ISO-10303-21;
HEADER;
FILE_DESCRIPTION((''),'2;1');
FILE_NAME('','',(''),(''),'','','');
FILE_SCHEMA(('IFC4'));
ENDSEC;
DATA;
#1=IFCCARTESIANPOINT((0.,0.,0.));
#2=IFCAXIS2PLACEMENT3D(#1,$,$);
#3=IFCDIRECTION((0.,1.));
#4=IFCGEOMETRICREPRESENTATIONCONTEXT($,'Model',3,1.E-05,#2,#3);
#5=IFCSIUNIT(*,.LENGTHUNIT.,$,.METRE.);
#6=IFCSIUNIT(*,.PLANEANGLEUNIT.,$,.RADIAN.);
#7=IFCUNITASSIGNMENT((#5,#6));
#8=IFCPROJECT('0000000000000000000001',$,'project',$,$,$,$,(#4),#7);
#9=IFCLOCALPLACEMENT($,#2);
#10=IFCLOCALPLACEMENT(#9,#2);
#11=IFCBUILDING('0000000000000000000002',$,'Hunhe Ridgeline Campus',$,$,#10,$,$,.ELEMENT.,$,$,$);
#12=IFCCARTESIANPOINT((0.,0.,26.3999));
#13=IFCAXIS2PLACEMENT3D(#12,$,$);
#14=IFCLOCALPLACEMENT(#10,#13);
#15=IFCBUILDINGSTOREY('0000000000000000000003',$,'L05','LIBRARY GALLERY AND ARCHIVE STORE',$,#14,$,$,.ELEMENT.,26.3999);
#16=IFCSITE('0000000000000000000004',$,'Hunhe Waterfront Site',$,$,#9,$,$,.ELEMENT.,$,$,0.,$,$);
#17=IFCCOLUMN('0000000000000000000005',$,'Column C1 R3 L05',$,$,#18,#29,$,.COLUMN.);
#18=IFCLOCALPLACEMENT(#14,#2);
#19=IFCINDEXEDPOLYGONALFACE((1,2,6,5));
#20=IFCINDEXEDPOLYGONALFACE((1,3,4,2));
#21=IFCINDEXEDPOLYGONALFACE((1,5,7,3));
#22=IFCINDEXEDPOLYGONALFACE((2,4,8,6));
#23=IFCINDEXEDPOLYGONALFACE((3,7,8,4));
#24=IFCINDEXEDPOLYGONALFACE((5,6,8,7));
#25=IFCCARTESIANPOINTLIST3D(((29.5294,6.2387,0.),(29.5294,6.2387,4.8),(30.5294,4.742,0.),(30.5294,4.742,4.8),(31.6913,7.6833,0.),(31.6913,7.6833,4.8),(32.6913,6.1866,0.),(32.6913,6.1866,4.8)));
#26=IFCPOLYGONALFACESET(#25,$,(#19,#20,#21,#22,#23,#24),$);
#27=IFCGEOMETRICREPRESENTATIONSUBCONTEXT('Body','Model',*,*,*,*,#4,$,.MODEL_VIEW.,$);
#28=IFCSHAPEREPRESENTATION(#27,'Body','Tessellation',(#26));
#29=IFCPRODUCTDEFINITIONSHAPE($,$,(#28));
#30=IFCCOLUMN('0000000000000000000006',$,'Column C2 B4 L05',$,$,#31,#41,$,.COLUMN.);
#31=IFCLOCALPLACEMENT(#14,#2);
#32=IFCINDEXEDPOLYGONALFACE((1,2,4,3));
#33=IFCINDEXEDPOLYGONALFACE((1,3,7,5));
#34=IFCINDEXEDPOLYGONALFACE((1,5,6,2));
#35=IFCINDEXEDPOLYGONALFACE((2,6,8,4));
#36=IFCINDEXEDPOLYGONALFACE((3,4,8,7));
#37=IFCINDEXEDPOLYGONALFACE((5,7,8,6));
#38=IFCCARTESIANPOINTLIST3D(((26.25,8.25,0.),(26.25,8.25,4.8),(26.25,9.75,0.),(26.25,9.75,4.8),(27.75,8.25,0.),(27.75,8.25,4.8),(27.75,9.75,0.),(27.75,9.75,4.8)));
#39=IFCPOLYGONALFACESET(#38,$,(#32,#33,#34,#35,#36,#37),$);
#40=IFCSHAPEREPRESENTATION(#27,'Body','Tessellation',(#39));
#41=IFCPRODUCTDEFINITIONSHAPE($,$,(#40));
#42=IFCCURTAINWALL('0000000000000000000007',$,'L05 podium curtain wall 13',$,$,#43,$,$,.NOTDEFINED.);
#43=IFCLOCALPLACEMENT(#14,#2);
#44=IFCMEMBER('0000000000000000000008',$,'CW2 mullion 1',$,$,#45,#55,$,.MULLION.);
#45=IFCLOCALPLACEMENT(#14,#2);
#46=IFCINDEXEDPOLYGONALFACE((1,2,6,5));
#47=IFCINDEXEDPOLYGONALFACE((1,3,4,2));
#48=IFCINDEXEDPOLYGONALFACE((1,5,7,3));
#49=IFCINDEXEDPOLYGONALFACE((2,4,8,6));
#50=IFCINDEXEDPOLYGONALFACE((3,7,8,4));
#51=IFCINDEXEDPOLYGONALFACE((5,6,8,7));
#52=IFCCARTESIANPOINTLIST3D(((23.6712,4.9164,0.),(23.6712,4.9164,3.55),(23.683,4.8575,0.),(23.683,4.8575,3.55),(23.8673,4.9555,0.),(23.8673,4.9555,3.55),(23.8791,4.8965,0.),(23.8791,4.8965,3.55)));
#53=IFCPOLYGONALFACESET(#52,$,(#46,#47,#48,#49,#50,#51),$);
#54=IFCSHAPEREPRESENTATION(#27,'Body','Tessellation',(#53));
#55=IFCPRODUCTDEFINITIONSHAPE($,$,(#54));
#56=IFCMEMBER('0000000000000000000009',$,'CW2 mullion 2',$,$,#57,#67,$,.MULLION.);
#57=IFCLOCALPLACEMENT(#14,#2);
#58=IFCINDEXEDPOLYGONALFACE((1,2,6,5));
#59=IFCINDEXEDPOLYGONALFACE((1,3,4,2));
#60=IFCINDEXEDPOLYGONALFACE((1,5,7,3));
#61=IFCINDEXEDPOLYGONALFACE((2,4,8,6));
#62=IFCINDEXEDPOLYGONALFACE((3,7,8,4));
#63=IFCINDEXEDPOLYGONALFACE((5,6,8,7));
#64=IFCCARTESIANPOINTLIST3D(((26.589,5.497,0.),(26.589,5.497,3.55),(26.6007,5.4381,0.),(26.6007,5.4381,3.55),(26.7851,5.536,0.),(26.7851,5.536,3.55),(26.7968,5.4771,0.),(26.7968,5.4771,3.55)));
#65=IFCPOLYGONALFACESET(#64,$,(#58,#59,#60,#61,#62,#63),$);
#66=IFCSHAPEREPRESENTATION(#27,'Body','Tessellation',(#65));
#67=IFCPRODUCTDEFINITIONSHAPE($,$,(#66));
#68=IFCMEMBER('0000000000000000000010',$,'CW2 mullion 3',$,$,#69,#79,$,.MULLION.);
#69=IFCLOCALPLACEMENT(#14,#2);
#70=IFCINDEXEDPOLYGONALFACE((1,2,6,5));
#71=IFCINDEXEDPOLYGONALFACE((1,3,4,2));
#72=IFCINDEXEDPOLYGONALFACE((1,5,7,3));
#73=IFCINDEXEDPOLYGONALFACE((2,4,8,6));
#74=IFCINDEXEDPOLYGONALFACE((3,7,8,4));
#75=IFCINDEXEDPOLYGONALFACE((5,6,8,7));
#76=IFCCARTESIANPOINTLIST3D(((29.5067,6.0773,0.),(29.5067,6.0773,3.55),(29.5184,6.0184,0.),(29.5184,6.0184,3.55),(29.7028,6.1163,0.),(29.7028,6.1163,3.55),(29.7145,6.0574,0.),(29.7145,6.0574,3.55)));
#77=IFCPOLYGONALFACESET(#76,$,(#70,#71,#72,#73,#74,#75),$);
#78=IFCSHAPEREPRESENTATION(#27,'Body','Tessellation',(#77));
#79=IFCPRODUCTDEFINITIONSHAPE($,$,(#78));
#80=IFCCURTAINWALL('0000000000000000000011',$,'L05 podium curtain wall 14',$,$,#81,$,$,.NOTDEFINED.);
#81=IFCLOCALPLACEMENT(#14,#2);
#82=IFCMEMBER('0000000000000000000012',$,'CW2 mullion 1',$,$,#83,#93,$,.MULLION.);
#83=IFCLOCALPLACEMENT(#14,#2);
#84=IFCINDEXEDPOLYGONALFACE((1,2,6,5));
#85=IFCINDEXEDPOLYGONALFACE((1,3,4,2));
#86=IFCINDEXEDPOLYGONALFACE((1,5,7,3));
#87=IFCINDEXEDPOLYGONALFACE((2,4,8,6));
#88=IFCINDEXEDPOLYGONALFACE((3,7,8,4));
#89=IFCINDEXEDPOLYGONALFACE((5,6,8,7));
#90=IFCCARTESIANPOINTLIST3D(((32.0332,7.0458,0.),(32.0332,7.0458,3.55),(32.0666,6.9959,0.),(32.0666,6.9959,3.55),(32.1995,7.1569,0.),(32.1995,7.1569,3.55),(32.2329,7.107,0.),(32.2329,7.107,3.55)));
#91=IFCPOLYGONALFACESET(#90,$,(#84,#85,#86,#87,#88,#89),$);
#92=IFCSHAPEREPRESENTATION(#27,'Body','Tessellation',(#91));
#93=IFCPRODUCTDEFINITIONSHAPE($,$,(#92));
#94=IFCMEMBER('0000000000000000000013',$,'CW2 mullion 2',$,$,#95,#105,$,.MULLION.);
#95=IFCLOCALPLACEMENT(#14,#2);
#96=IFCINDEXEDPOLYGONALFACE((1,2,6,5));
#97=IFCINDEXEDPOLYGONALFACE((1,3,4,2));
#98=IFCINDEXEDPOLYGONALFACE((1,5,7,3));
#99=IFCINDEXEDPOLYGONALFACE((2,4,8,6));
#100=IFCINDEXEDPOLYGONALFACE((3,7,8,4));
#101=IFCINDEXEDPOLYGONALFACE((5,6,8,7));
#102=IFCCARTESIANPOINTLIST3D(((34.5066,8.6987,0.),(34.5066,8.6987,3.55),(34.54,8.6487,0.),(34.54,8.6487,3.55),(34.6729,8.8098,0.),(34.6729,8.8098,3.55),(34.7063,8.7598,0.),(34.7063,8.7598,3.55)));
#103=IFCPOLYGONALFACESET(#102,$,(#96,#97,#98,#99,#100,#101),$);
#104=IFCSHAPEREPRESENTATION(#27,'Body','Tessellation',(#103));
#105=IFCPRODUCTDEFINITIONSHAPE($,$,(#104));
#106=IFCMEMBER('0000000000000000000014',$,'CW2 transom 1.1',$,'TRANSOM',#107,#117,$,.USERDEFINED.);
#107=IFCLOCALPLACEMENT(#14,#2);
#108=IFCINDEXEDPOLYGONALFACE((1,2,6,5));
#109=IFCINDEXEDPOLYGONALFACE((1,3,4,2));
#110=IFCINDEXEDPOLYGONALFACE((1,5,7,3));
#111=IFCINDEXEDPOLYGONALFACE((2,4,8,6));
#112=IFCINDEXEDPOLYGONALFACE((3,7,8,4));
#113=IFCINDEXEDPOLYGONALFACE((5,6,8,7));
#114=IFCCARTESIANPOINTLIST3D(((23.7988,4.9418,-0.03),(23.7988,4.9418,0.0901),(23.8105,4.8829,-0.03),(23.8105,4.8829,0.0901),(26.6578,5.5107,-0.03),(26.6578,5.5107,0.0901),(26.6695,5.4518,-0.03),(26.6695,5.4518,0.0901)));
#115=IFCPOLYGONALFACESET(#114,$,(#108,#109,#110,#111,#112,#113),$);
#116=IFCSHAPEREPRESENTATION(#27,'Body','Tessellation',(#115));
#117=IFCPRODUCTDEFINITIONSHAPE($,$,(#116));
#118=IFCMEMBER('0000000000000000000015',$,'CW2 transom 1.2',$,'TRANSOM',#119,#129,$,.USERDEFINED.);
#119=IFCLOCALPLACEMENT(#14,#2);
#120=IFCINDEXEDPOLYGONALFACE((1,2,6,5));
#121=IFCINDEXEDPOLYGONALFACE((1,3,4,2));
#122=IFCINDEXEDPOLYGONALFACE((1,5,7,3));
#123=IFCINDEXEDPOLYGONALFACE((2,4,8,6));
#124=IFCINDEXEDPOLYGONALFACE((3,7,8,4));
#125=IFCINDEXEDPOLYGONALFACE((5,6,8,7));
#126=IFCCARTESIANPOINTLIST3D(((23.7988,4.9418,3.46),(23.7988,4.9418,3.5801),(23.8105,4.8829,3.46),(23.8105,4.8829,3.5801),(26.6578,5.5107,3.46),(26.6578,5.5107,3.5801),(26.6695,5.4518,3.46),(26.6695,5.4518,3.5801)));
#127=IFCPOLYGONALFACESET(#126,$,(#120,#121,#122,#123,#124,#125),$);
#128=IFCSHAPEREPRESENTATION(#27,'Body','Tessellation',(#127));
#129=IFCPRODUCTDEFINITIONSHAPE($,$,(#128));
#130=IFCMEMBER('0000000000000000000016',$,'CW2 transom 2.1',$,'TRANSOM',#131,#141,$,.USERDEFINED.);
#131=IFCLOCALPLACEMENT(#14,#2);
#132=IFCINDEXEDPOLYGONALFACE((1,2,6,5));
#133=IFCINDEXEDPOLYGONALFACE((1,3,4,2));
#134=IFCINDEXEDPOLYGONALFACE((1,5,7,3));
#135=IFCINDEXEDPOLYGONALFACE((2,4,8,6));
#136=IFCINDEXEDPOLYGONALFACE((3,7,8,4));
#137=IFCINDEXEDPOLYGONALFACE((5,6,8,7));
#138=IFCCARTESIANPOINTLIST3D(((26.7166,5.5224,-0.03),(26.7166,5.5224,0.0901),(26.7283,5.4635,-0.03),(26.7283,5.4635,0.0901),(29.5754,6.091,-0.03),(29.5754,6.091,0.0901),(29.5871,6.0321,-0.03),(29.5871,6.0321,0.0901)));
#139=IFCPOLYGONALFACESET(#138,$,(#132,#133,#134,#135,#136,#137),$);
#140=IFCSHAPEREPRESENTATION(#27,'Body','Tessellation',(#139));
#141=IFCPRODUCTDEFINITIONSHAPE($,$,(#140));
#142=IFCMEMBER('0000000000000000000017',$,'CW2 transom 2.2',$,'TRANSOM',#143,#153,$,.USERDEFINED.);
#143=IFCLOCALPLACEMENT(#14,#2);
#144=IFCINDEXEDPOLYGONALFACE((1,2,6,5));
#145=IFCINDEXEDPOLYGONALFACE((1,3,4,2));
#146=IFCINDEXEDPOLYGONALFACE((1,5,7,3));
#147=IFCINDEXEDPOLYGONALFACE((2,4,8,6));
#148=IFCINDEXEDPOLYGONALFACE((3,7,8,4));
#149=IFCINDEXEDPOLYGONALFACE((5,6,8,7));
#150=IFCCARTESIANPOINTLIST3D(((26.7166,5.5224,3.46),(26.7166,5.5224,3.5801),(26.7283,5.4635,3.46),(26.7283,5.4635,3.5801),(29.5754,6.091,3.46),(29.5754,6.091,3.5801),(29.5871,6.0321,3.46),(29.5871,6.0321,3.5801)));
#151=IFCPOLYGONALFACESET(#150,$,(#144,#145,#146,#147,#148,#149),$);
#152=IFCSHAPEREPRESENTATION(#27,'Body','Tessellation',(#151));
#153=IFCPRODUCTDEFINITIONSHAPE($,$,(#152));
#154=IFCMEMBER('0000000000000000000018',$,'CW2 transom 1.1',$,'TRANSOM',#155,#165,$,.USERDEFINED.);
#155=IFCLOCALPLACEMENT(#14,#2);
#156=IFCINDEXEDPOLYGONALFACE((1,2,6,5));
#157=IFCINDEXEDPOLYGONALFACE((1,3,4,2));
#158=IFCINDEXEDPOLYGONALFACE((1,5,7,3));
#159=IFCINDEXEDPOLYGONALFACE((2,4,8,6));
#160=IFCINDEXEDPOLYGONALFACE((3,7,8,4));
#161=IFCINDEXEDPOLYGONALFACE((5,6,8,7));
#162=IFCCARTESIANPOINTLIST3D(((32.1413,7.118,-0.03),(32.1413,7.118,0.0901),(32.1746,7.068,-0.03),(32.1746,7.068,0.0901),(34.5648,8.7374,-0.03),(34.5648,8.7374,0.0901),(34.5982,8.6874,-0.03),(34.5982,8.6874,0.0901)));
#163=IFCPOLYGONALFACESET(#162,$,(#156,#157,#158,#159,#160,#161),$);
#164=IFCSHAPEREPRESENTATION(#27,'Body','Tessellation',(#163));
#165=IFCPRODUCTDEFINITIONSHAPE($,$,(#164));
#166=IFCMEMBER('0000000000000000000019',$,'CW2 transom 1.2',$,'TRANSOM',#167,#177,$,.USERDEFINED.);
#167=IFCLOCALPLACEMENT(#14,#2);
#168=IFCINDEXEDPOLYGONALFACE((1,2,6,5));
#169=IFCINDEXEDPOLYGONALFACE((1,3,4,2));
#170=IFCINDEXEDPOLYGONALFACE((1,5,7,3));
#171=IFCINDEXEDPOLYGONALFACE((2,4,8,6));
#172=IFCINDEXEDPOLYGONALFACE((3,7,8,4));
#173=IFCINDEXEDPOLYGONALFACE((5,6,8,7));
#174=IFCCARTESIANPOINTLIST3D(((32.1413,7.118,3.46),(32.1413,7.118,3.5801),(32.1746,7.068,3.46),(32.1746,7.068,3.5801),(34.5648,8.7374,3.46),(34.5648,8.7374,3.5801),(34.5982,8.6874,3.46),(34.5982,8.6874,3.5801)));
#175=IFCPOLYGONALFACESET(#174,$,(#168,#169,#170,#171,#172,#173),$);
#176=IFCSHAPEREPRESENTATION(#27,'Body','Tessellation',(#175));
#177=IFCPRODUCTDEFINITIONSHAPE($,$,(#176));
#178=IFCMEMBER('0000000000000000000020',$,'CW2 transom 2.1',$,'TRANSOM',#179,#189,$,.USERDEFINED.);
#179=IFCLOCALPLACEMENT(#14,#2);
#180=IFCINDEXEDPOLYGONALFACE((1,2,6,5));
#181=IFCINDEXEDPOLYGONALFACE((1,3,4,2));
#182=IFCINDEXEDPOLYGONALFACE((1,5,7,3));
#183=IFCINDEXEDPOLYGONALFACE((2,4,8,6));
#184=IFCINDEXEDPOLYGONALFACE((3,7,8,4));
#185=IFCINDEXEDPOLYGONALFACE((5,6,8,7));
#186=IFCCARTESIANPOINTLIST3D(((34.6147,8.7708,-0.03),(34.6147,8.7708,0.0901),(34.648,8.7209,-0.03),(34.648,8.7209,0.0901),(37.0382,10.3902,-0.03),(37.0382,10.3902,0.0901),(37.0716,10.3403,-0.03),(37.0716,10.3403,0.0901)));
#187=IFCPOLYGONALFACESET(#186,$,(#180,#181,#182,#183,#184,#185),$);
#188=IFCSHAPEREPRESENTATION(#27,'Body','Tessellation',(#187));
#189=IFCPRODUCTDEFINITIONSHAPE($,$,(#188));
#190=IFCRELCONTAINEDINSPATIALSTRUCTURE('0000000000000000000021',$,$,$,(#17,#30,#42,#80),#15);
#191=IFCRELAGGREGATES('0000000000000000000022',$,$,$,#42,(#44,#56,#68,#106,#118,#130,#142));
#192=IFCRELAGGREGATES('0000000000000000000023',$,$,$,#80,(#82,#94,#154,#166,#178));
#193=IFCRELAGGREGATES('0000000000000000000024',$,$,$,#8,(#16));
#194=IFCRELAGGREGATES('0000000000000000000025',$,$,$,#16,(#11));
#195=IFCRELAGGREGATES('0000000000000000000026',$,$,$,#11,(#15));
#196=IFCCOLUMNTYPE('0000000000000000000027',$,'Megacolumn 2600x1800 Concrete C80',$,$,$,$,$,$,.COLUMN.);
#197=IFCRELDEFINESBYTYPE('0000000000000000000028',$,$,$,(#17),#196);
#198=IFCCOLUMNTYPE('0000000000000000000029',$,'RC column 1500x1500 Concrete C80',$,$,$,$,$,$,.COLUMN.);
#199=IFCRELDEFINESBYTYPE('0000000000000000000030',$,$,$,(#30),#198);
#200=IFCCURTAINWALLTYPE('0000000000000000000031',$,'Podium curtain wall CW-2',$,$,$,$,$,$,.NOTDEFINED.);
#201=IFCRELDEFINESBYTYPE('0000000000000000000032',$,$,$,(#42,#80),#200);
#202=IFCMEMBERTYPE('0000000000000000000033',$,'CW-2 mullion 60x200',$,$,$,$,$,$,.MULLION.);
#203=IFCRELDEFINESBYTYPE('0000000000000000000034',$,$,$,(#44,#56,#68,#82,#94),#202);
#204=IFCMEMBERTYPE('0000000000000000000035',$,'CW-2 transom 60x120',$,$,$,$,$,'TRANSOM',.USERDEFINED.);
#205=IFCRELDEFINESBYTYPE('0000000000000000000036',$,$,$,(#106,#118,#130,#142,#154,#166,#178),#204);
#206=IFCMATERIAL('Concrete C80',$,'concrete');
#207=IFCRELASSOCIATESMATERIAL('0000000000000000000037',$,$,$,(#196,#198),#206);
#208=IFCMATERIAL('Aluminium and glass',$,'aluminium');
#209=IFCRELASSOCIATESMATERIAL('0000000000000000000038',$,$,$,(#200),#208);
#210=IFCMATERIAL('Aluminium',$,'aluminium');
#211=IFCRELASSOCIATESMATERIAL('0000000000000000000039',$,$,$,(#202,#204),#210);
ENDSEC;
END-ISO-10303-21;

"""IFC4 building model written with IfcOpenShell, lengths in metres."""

from ifc_helpers import new_model, si_unit, direction, frame, origin, origin_2d, place, context, subcontext, project, spatial, rectangle, extrude, material, material_profile, profile_set, type_object, element, aggregate, save


model = new_model("IFC4")

# Units and contexts
model_context = context("Model", 3, precision=1e-05, world=origin(), true_north=direction((0.0, 1.0)))
body_context = subcontext(model_context, "Body", "Model", "MODEL_VIEW")
ifc_project = project(units=[si_unit("LENGTHUNIT", "METRE"), si_unit("PLANEANGLEUNIT", "RADIAN")], contexts=[model_context])

# Site, building, storey
site_placement = place(None, origin())
site = spatial("IfcSite", under=ifc_project, at=site_placement, Name="Hunhe Waterfront Site", CompositionType="ELEMENT", RefElevation=0.0)
building_placement = place(site_placement, origin())
building = spatial("IfcBuilding", under=site, at=building_placement, Name="Hunhe Ridgeline Campus", CompositionType="ELEMENT")
storey_placement = place(building_placement, frame((0.0, 0.0, 26.3999)))
storey = spatial("IfcBuildingStorey", under=building, at=storey_placement, Name="L05", Description="LIBRARY GALLERY AND ARCHIVE STORE", CompositionType="ELEMENT", Elevation=26.3999)

# Columns
ifc_material_1 = material(Name="Concrete C80", Category="concrete")
ifc_material_profile_1 = material_profile(ifc_material_1, rectangle(XDim=2.6001, YDim=1.8, at=origin_2d()))
ifc_profile_set_1 = profile_set([ifc_material_profile_1], Name="Concrete C80")
column_type_1 = type_object("IfcColumnType", Name="Megacolumn 2600x1800 Concrete C80", PredefinedType="COLUMN", material=ifc_profile_set_1)
column_1_placement = place(storey_placement, frame((31.1104, 6.2126, 0.0), z_axis=(0.0, 0.0, 1.0), x_axis=(0.83147, 0.55557, 0.0)))
element("IfcColumn", 1, at=column_1_placement, inside=storey, type_object=column_type_1, Name="Column C1 R3 L05", PredefinedType="COLUMN", context=body_context, shape_type="SweptSolid", body=[
    extrude(rectangle(XDim=2.6001, YDim=1.8, at=origin_2d()), origin(), (0.0, 0.0, 1.0), 4.8),
])
ifc_material_profile_2 = material_profile(ifc_material_1, rectangle(XDim=1.5, YDim=1.5, at=origin_2d()))
ifc_profile_set_2 = profile_set([ifc_material_profile_2], Name="Concrete C80")
column_type_2 = type_object("IfcColumnType", Name="RC column 1500x1500 Concrete C80", PredefinedType="COLUMN", material=ifc_profile_set_2)
column_2_placement = place(storey_placement, frame((27.0, 9.0, 0.0), z_axis=(0.0, 0.0, 1.0), x_axis=(1.0, 0.0, 0.0)))
element("IfcColumn", 2, at=column_2_placement, inside=storey, type_object=column_type_2, Name="Column C2 B4 L05", PredefinedType="COLUMN", context=body_context, shape_type="SweptSolid", body=[
    extrude(rectangle(XDim=1.5, YDim=1.5, at=origin_2d()), origin(), (0.0, 0.0, 1.0), 4.8),
])

# Curtain walls, members
ifc_material_2 = material(Name="Aluminium and glass", Category="aluminium")
curtain_wall_type = type_object("IfcCurtainWallType", Name="Podium curtain wall CW-2", PredefinedType="NOTDEFINED", material=ifc_material_2)
curtain_wall_1_placement = place(storey_placement, origin())
curtain_wall_1 = element("IfcCurtainWall", 3, at=curtain_wall_1_placement, inside=storey, type_object=curtain_wall_type, Name="L05 podium curtain wall 13", PredefinedType="NOTDEFINED")
ifc_material_3 = material(Name="Aluminium", Category="aluminium")
ifc_material_profile_3 = material_profile(ifc_material_3, rectangle(XDim=0.0601, YDim=0.2, at=origin_2d()))
ifc_profile_set_3 = profile_set([ifc_material_profile_3], Name="Aluminium")
member_type_1 = type_object("IfcMemberType", Name="CW-2 mullion 60x200", PredefinedType="MULLION", material=ifc_profile_set_3)
member_1_placement = place(storey_placement, frame((23.7751, 4.9065, 0.0), z_axis=(0.0, 0.0, 1.0), x_axis=(-0.195098, 0.980784, 0.0)))
member_1 = element("IfcMember", 4, at=member_1_placement, type_object=member_type_1, Name="CW2 mullion 1", PredefinedType="MULLION", context=body_context, shape_type="SweptSolid", body=[
    extrude(rectangle(XDim=0.0601, YDim=0.2, at=origin_2d()), origin(), (0.0, 0.0, 1.0), 3.55),
])
member_2_placement = place(storey_placement, frame((26.6929, 5.4871, 0.0), z_axis=(0.0, 0.0, 1.0), x_axis=(-0.195098, 0.980784, 0.0)))
member_2 = element("IfcMember", 5, at=member_2_placement, type_object=member_type_1, Name="CW2 mullion 2", PredefinedType="MULLION", context=body_context, shape_type="SweptSolid", body=[
    extrude(rectangle(XDim=0.0601, YDim=0.2, at=origin_2d()), origin(), (0.0, 0.0, 1.0), 3.55),
])
member_3_placement = place(storey_placement, frame((29.6106, 6.0674, 0.0), z_axis=(0.0, 0.0, 1.0), x_axis=(-0.195098, 0.980784, 0.0)))
member_3 = element("IfcMember", 6, at=member_3_placement, type_object=member_type_1, Name="CW2 mullion 3", PredefinedType="MULLION", context=body_context, shape_type="SweptSolid", body=[
    extrude(rectangle(XDim=0.0601, YDim=0.2, at=origin_2d()), origin(), (0.0, 0.0, 1.0), 3.55),
])
curtain_wall_2_placement = place(storey_placement, origin())
curtain_wall_2 = element("IfcCurtainWall", 7, at=curtain_wall_2_placement, inside=storey, type_object=curtain_wall_type, Name="L05 podium curtain wall 14", PredefinedType="NOTDEFINED")
member_4_placement = place(storey_placement, frame((32.1331, 7.0764, 0.0), z_axis=(0.0, 0.0, 1.0), x_axis=(-0.555579, 0.831464, 0.0)))
member_4 = element("IfcMember", 8, at=member_4_placement, type_object=member_type_1, Name="CW2 mullion 1", PredefinedType="MULLION", context=body_context, shape_type="SweptSolid", body=[
    extrude(rectangle(XDim=0.0601, YDim=0.2, at=origin_2d()), origin(), (0.0, 0.0, 1.0), 3.55),
])
member_5_placement = place(storey_placement, frame((34.6064, 8.7292, 0.0), z_axis=(0.0, 0.0, 1.0), x_axis=(-0.555579, 0.831464, 0.0)))
member_5 = element("IfcMember", 9, at=member_5_placement, type_object=member_type_1, Name="CW2 mullion 2", PredefinedType="MULLION", context=body_context, shape_type="SweptSolid", body=[
    extrude(rectangle(XDim=0.0601, YDim=0.2, at=origin_2d()), origin(), (0.0, 0.0, 1.0), 3.55),
])

# Members
ifc_material_profile_4 = material_profile(ifc_material_3, rectangle(XDim=0.0601, YDim=0.1201, at=origin_2d()))
ifc_profile_set_4 = profile_set([ifc_material_profile_4], Name="Aluminium")
member_type_2 = type_object("IfcMemberType", Name="CW-2 transom 60x120", ElementType="TRANSOM", PredefinedType="USERDEFINED", material=ifc_profile_set_4)
member_6_placement = place(storey_placement, frame((23.8047, 4.9124, 0.03), z_axis=(0.980773, 0.19515, 0.0), x_axis=(-0.19515, 0.980773, 0.0)))
member_6 = element("IfcMember", 10, at=member_6_placement, type_object=member_type_2, Name="CW2 transom 1.1", ObjectType="TRANSOM", PredefinedType="USERDEFINED", context=body_context, shape_type="SweptSolid", body=[
    extrude(rectangle(XDim=0.0601, YDim=0.1201, at=origin_2d()), origin(), (0.0, 0.0, 1.0), 2.915),
])
member_7_placement = place(storey_placement, frame((23.8047, 4.9124, 3.52), z_axis=(0.980773, 0.19515, 0.0), x_axis=(-0.19515, 0.980773, 0.0)))
member_7 = element("IfcMember", 11, at=member_7_placement, type_object=member_type_2, Name="CW2 transom 1.2", ObjectType="TRANSOM", PredefinedType="USERDEFINED", context=body_context, shape_type="SweptSolid", body=[
    extrude(rectangle(XDim=0.0601, YDim=0.1201, at=origin_2d()), origin(), (0.0, 0.0, 1.0), 2.915),
])
member_8_placement = place(storey_placement, frame((26.7224, 5.4929, 0.03), z_axis=(0.98079, 0.195069, 0.0), x_axis=(-0.195069, 0.98079, 0.0)))
member_8 = element("IfcMember", 12, at=member_8_placement, type_object=member_type_2, Name="CW2 transom 2.1", ObjectType="TRANSOM", PredefinedType="USERDEFINED", context=body_context, shape_type="SweptSolid", body=[
    extrude(rectangle(XDim=0.0601, YDim=0.1201, at=origin_2d()), origin(), (0.0, 0.0, 1.0), 2.9148),
])
member_9_placement = place(storey_placement, frame((26.7224, 5.4929, 3.52), z_axis=(0.98079, 0.195069, 0.0), x_axis=(-0.195069, 0.98079, 0.0)))
member_9 = element("IfcMember", 13, at=member_9_placement, type_object=member_type_2, Name="CW2 transom 2.2", ObjectType="TRANSOM", PredefinedType="USERDEFINED", context=body_context, shape_type="SweptSolid", body=[
    extrude(rectangle(XDim=0.0601, YDim=0.1201, at=origin_2d()), origin(), (0.0, 0.0, 1.0), 2.9148),
])
member_10_placement = place(storey_placement, frame((32.158, 7.093, 0.03), z_axis=(0.83147, 0.55557, 0.0), x_axis=(-0.55557, 0.83147, 0.0)))
member_10 = element("IfcMember", 14, at=member_10_placement, type_object=member_type_2, Name="CW2 transom 1.1", ObjectType="TRANSOM", PredefinedType="USERDEFINED", context=body_context, shape_type="SweptSolid", body=[
    extrude(rectangle(XDim=0.0601, YDim=0.1201, at=origin_2d()), origin(), (0.0, 0.0, 1.0), 2.9148),
])
member_11_placement = place(storey_placement, frame((32.158, 7.093, 3.52), z_axis=(0.83147, 0.55557, 0.0), x_axis=(-0.55557, 0.83147, 0.0)))
member_11 = element("IfcMember", 15, at=member_11_placement, type_object=member_type_2, Name="CW2 transom 1.2", ObjectType="TRANSOM", PredefinedType="USERDEFINED", context=body_context, shape_type="SweptSolid", body=[
    extrude(rectangle(XDim=0.0601, YDim=0.1201, at=origin_2d()), origin(), (0.0, 0.0, 1.0), 2.9148),
])
member_12_placement = place(storey_placement, frame((34.6313, 8.7458, 0.03), z_axis=(0.83147, 0.55557, 0.0), x_axis=(-0.55557, 0.83147, 0.0)))
member_12 = element("IfcMember", 16, at=member_12_placement, type_object=member_type_2, Name="CW2 transom 2.1", ObjectType="TRANSOM", PredefinedType="USERDEFINED", context=body_context, shape_type="SweptSolid", body=[
    extrude(rectangle(XDim=0.0601, YDim=0.1201, at=origin_2d()), origin(), (0.0, 0.0, 1.0), 2.9148),
])

aggregate(curtain_wall_1, [member_1, member_2, member_3, member_6, member_7, member_8, member_9])
aggregate(curtain_wall_2, [member_4, member_5, member_10, member_11, member_12])

save(model, "model.ifc")
